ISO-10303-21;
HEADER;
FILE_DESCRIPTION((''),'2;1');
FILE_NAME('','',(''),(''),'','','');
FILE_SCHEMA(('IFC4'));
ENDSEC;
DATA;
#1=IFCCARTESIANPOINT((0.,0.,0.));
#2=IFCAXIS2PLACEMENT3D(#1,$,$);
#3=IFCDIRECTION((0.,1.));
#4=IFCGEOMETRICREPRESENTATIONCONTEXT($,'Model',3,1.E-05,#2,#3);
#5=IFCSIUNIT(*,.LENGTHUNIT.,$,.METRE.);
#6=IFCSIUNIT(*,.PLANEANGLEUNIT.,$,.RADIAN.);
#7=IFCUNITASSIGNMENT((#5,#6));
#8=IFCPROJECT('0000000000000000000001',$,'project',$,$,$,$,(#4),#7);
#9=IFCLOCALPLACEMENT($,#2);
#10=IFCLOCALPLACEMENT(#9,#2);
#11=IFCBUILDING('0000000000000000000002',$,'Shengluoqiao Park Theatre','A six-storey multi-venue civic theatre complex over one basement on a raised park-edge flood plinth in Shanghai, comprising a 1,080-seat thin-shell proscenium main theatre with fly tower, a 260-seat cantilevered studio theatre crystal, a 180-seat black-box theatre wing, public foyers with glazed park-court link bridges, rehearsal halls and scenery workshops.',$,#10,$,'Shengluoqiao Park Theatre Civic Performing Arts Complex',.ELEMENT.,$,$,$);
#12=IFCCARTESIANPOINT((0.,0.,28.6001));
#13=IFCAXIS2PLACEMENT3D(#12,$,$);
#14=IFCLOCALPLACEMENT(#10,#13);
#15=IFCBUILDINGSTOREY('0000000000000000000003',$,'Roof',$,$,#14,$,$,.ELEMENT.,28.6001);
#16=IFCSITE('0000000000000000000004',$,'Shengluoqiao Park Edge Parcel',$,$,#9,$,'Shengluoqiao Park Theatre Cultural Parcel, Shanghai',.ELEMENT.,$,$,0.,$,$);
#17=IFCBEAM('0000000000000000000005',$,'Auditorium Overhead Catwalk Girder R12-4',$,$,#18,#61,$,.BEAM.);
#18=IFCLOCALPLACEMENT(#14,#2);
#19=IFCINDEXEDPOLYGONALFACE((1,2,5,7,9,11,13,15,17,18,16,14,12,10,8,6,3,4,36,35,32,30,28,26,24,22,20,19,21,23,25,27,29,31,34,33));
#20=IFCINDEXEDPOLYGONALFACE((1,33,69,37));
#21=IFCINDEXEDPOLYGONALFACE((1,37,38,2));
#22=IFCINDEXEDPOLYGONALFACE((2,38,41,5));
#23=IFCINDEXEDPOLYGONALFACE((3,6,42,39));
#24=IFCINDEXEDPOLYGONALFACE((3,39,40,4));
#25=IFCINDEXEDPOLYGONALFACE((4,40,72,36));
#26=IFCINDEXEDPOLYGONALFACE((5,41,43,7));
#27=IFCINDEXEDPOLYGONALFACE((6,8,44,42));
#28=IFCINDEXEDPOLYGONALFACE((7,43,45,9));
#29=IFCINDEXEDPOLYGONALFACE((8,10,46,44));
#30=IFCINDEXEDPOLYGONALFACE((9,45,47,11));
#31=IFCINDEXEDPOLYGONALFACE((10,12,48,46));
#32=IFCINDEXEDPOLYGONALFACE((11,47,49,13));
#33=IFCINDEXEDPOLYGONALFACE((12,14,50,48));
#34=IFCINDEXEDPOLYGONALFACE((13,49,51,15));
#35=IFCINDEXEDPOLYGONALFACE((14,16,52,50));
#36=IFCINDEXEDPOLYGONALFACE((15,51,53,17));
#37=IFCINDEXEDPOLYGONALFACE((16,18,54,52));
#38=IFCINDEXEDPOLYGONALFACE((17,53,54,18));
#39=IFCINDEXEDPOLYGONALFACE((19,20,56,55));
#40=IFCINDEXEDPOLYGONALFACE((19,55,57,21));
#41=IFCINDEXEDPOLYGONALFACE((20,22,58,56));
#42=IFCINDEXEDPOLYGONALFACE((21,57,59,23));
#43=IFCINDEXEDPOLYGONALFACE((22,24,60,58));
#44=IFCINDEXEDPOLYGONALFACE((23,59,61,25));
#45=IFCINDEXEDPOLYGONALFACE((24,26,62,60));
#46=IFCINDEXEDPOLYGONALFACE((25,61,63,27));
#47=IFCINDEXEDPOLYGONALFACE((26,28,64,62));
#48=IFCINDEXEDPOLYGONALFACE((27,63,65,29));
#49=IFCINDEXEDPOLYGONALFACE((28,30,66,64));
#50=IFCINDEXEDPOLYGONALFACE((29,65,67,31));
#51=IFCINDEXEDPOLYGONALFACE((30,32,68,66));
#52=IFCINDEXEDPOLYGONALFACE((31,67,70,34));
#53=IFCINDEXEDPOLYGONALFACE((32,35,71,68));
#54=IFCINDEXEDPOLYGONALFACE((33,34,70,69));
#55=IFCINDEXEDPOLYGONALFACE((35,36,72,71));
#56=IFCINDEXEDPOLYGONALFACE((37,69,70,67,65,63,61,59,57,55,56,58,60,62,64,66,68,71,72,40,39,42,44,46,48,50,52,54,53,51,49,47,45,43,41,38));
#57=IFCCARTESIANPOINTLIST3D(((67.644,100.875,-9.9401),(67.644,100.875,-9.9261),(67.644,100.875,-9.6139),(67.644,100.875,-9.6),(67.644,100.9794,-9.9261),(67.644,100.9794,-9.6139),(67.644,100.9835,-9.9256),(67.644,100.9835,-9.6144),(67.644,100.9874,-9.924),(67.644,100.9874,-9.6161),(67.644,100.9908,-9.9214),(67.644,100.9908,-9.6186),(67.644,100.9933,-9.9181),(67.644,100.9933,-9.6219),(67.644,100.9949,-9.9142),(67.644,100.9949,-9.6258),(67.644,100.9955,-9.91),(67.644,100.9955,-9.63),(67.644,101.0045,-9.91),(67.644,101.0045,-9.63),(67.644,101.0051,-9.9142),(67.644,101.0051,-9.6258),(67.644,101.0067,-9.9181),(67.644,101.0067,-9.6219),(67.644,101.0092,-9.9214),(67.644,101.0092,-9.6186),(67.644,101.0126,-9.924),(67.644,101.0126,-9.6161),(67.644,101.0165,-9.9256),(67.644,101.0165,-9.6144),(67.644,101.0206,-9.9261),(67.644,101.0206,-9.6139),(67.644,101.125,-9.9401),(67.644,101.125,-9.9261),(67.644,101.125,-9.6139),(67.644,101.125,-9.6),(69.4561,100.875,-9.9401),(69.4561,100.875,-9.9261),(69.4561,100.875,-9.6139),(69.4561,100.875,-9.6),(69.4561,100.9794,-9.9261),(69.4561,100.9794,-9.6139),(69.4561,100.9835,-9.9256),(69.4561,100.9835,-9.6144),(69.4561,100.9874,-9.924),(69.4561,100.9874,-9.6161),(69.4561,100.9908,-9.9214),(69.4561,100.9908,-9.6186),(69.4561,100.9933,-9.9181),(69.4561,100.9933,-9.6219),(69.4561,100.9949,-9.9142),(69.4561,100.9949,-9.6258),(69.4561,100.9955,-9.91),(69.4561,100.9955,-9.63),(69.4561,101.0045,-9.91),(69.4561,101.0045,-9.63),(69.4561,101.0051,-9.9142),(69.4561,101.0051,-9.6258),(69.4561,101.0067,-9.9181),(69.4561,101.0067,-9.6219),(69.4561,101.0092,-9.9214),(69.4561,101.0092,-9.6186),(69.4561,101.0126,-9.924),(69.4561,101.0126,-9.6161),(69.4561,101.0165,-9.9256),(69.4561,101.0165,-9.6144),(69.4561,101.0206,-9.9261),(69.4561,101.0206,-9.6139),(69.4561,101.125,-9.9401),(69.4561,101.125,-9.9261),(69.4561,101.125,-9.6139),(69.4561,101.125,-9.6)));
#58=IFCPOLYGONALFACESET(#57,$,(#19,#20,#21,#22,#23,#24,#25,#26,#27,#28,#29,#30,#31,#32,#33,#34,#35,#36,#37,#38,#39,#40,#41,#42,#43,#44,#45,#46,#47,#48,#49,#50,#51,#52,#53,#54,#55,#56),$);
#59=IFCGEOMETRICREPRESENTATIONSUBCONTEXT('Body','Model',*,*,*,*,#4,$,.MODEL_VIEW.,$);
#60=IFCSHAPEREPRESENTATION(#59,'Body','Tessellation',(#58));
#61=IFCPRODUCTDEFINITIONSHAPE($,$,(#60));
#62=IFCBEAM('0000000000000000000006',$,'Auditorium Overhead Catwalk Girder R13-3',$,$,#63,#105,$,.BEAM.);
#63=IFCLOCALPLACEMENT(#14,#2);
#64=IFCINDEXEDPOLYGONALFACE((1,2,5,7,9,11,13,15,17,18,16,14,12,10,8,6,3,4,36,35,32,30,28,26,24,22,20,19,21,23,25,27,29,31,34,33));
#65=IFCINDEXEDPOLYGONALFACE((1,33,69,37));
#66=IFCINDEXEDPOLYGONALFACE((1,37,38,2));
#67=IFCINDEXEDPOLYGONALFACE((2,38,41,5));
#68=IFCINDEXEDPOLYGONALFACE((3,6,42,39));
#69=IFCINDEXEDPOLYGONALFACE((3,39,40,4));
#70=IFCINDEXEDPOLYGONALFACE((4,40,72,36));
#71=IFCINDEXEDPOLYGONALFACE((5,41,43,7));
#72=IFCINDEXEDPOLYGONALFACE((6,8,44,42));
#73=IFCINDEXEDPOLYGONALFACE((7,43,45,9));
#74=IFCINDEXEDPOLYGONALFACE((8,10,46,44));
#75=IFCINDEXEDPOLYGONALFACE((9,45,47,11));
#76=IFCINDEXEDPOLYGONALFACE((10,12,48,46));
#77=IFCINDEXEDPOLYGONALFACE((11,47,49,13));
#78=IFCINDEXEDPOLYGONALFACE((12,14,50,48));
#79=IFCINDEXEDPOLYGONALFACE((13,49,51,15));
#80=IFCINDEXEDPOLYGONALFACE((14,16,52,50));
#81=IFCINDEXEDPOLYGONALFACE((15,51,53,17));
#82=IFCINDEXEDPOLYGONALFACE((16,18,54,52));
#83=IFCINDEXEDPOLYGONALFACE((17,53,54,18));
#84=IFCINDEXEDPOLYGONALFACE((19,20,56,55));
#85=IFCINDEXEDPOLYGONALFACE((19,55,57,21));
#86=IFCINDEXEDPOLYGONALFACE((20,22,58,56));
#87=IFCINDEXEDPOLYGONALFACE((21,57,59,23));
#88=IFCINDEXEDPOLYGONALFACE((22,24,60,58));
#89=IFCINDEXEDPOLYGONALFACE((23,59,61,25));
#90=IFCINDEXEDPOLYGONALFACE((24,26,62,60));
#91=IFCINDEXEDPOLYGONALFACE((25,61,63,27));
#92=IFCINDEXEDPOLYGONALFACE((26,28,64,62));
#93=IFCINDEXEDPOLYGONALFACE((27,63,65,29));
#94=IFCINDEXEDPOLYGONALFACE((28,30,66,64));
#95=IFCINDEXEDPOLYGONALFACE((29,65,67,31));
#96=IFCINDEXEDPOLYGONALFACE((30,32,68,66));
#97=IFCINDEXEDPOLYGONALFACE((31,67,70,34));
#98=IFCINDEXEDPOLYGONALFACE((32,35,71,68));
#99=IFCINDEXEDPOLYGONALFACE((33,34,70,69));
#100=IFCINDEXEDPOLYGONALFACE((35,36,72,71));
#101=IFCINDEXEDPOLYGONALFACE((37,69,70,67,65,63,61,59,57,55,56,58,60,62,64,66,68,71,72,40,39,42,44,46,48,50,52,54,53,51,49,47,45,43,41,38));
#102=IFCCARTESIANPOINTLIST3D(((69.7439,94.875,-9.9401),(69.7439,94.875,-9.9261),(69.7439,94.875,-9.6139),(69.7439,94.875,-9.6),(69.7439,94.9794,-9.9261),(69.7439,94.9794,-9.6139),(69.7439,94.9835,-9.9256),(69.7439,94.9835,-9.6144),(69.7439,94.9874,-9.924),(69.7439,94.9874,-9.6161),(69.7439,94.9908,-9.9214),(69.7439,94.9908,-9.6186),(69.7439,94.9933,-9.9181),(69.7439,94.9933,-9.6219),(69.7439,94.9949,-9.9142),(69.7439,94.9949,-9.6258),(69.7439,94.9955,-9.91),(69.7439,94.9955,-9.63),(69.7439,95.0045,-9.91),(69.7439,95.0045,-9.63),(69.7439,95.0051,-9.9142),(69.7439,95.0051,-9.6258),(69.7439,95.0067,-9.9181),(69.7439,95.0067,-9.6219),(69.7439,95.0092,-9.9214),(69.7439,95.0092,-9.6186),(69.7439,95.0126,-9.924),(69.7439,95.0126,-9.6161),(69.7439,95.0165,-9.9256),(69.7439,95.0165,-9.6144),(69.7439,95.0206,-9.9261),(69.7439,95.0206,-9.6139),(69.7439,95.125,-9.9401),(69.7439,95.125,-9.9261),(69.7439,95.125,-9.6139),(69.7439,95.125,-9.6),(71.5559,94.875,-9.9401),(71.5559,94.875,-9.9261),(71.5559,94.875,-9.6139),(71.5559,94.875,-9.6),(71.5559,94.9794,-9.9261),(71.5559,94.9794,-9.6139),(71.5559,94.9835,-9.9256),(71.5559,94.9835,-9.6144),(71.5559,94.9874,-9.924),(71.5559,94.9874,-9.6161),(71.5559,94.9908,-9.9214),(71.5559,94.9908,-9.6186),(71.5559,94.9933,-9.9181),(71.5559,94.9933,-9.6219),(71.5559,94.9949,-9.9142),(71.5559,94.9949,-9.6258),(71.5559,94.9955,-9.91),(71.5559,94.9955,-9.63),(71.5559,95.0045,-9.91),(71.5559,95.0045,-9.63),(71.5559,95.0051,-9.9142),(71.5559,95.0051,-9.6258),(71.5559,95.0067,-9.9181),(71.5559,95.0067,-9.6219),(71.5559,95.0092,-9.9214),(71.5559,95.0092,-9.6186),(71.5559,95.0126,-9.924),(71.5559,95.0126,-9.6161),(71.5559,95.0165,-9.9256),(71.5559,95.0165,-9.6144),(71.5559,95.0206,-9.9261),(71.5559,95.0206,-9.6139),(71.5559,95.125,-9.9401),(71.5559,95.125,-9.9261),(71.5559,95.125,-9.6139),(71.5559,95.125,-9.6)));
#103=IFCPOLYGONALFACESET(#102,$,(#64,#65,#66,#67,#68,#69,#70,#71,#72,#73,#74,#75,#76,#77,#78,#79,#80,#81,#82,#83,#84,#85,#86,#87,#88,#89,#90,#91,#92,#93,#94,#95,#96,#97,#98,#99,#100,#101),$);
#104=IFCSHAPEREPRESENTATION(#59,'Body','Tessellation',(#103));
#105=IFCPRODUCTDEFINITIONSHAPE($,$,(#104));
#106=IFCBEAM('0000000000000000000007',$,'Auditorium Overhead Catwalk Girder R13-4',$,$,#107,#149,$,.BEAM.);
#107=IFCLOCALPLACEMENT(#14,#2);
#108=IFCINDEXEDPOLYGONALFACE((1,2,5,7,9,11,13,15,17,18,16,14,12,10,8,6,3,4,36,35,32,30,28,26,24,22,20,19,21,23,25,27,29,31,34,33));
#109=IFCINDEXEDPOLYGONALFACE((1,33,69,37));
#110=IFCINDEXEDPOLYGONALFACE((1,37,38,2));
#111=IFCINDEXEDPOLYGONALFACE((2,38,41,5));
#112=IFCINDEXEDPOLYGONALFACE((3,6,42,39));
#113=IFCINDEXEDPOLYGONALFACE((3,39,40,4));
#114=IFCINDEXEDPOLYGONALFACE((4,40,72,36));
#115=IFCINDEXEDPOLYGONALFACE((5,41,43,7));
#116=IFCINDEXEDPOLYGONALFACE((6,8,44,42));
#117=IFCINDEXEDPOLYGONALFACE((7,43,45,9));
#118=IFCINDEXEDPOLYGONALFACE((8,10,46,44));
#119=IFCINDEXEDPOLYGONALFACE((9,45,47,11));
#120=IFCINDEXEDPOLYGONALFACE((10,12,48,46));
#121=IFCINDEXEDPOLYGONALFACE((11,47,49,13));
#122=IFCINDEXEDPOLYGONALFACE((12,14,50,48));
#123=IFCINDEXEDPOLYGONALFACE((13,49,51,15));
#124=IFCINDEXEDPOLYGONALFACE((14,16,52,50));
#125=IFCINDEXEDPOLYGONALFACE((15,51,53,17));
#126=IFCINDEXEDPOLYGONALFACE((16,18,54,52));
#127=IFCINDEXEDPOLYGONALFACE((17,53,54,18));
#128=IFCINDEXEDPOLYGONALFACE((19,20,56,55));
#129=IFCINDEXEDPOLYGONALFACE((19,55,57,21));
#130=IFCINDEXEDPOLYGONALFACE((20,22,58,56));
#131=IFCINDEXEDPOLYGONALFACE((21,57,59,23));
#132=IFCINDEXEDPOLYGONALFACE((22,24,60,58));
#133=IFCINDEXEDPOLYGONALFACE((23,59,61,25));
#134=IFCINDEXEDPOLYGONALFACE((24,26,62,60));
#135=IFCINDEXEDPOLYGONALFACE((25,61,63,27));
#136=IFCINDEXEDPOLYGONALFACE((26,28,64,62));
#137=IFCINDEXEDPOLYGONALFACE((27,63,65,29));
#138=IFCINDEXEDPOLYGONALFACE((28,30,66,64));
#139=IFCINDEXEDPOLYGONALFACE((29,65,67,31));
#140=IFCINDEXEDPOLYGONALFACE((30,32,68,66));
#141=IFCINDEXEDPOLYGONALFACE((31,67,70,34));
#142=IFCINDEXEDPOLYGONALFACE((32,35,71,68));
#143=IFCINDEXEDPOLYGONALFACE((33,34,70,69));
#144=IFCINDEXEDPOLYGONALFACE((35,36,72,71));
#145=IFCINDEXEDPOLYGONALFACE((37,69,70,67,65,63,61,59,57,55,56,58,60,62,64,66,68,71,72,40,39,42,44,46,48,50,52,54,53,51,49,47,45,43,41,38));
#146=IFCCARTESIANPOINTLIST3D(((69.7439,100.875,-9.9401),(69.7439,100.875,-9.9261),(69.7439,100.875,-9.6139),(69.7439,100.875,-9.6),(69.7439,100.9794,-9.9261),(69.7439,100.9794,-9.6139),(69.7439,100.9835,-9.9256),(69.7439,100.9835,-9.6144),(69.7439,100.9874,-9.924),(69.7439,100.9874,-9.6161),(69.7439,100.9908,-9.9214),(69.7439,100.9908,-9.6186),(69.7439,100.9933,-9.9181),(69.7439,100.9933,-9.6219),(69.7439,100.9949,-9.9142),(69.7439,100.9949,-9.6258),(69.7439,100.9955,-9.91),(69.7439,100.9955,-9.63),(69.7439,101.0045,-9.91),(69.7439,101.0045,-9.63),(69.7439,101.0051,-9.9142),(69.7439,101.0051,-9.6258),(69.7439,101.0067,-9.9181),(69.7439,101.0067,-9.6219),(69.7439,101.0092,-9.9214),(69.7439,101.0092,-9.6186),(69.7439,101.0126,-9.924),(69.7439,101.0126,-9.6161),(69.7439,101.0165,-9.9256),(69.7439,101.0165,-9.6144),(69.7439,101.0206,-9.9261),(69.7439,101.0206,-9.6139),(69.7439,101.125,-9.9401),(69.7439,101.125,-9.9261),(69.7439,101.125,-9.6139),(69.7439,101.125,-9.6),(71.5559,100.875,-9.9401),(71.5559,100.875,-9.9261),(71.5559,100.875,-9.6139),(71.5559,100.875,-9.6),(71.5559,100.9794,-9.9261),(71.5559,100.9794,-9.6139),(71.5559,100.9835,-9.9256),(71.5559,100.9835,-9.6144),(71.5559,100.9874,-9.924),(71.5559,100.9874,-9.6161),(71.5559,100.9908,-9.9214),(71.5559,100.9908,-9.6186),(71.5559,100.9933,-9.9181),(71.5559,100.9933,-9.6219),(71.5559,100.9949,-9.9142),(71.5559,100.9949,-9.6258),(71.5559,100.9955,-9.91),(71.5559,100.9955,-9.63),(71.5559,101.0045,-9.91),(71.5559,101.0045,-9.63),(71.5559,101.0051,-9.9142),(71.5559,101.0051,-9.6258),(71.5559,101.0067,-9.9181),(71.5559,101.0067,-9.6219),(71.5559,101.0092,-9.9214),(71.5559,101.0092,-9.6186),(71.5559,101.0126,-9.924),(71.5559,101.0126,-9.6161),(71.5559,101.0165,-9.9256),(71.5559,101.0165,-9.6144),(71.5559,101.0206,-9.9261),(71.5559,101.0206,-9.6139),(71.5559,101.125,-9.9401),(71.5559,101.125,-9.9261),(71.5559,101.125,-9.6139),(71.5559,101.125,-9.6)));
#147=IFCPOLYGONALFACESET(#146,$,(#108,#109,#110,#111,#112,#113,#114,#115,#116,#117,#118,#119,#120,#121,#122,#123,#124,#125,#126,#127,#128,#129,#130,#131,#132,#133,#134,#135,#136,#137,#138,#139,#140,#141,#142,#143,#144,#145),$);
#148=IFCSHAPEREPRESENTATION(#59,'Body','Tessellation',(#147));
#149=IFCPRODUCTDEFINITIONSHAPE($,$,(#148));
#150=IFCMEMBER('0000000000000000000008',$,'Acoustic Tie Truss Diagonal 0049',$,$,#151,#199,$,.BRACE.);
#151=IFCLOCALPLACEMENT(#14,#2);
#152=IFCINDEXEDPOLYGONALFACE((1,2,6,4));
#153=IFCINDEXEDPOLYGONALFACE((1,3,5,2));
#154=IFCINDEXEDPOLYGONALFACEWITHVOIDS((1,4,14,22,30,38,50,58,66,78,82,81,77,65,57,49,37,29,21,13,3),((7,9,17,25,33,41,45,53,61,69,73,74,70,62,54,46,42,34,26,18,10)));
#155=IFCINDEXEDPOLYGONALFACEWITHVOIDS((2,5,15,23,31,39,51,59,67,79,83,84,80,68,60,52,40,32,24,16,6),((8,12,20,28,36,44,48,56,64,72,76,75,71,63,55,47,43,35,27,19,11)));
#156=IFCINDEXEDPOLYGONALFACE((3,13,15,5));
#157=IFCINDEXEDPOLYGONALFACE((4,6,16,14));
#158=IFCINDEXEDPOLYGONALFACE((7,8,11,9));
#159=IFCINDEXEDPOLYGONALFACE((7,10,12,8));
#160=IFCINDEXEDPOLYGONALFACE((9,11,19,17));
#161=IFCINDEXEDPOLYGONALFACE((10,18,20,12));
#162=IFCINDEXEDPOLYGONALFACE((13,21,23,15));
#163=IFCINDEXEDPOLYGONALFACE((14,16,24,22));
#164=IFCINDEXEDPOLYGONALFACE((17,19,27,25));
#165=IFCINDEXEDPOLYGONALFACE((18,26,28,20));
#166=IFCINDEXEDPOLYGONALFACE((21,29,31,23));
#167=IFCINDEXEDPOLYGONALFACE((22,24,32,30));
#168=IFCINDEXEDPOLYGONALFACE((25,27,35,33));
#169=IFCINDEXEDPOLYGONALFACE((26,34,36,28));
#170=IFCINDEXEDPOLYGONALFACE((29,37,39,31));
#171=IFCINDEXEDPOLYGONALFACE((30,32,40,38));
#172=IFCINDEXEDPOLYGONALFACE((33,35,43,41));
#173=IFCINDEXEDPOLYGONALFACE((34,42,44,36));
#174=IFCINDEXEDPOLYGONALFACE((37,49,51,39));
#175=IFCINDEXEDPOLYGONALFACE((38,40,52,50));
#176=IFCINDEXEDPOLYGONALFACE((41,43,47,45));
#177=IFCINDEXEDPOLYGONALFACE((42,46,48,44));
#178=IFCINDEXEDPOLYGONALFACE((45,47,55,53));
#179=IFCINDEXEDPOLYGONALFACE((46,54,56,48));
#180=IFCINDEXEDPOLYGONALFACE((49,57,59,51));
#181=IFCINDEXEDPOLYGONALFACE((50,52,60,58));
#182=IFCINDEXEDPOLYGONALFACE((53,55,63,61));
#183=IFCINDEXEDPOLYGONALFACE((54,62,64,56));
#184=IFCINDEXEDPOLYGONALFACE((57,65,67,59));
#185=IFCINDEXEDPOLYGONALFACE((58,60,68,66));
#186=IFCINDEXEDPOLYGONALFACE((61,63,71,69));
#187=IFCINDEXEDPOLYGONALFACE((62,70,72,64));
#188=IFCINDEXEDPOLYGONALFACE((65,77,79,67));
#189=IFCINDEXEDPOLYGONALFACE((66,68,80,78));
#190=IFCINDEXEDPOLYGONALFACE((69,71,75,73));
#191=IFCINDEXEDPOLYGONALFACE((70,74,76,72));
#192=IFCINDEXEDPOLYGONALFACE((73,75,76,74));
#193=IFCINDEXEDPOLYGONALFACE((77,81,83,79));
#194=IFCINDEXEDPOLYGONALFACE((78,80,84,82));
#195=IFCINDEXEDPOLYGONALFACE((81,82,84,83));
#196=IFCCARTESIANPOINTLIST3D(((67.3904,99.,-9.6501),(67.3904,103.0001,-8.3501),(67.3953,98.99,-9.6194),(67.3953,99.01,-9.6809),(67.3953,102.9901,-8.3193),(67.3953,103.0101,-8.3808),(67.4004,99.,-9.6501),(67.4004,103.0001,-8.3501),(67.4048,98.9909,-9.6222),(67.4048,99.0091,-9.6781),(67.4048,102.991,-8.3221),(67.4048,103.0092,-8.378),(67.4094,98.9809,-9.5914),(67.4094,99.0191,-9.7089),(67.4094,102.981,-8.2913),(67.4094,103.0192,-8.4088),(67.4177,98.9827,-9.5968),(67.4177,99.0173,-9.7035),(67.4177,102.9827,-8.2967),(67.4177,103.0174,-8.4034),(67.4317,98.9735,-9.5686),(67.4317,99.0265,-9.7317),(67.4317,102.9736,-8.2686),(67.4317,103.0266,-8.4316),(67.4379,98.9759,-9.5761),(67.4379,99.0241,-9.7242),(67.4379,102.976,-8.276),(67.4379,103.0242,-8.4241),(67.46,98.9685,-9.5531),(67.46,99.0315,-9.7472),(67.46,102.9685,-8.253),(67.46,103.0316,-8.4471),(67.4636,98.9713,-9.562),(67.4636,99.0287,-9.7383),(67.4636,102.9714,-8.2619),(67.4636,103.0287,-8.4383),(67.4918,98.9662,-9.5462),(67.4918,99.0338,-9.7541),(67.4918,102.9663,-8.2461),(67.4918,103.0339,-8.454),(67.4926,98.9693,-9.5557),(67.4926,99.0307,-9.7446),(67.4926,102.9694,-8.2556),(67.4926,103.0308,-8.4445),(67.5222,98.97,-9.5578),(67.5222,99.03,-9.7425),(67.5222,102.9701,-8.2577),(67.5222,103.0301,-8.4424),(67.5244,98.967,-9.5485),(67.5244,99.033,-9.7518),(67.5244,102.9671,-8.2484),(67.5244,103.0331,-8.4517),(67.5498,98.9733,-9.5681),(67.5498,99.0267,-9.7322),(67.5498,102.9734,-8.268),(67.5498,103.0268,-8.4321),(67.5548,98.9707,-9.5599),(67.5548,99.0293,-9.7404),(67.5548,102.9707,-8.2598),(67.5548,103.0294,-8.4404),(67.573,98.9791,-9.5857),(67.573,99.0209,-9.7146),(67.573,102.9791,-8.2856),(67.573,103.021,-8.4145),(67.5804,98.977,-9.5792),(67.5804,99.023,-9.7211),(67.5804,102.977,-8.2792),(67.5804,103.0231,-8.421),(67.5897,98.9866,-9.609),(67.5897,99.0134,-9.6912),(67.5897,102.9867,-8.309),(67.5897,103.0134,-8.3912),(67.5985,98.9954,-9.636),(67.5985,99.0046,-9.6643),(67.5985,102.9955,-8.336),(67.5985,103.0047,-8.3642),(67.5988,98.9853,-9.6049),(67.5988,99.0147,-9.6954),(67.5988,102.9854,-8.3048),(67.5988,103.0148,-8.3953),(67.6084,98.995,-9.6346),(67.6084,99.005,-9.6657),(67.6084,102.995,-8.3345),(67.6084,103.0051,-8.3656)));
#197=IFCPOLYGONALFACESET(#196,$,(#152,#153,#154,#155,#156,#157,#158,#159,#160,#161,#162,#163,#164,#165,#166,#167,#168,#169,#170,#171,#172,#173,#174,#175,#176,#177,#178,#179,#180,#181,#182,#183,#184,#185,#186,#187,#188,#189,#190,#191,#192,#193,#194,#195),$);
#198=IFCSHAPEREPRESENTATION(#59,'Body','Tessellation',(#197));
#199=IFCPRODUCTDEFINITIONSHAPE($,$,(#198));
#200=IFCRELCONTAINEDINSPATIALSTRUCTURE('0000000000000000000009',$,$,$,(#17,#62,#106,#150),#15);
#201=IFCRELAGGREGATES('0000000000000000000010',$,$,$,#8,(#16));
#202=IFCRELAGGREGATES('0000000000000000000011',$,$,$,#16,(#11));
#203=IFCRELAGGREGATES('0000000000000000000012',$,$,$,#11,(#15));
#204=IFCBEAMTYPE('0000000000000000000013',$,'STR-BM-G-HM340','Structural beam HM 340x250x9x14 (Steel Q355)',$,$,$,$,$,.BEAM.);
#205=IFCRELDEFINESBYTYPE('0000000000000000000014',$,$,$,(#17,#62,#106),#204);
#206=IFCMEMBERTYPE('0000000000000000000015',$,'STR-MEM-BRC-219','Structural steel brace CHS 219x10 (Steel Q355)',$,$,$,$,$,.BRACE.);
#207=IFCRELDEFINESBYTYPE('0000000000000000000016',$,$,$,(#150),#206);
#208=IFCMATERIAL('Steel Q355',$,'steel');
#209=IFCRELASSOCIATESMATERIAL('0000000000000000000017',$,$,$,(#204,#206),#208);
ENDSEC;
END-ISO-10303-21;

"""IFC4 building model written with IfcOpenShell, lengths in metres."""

from ifc_helpers import new_model, si_unit, direction, frame, origin, origin_2d, place, context, subcontext, project, spatial, hollow_circle, i_section, extrude, material, material_profile, profile_set, type_object, element, save


model = new_model("IFC4")

# Units and contexts
model_context = context("Model", 3, precision=1e-05, world=origin(), true_north=direction((0.0, 1.0)))
body_context = subcontext(model_context, "Body", "Model", "MODEL_VIEW")
ifc_project = project(units=[si_unit("LENGTHUNIT", "METRE"), si_unit("PLANEANGLEUNIT", "RADIAN")], contexts=[model_context])

# Site, building, storey
site_placement = place(None, origin())
site = spatial("IfcSite", under=ifc_project, at=site_placement, Name="Shengluoqiao Park Edge Parcel", LongName="Shengluoqiao Park Theatre Cultural Parcel, Shanghai", CompositionType="ELEMENT", RefElevation=0.0)
building_placement = place(site_placement, origin())
building = spatial("IfcBuilding", under=site, at=building_placement, Name="Shengluoqiao Park Theatre", Description="A six-storey multi-venue civic theatre complex over one basement on a raised park-edge flood plinth in Shanghai, comprising a 1,080-seat thin-shell proscenium main theatre with fly tower, a 260-seat cantilevered studio theatre crystal, a 180-seat black-box theatre wing, public foyers with glazed park-court link bridges, rehearsal halls and scenery workshops.", LongName="Shengluoqiao Park Theatre Civic Performing Arts Complex", CompositionType="ELEMENT")
storey_placement = place(building_placement, frame((0.0, 0.0, 28.6001)))
storey = spatial("IfcBuildingStorey", under=building, at=storey_placement, Name="Roof", CompositionType="ELEMENT", Elevation=28.6001)

# Beams
ifc_material = material(Name="Steel Q355", Category="steel")
ifc_material_profile_1 = material_profile(ifc_material, i_section(OverallWidth=0.25, OverallDepth=0.3401, WebThickness=0.009, FlangeThickness=0.0139, FilletRadius=0.0161, at=origin_2d()), Name="HM 340x250x9x14")
ifc_profile_set_1 = profile_set([ifc_material_profile_1], Name="Steel Q355")
beam_type = type_object("IfcBeamType", Name="STR-BM-G-HM340", Description="Structural beam HM 340x250x9x14 (Steel Q355)", PredefinedType="BEAM", material=ifc_profile_set_1)
for number, where, z_axis, x_axis, name in (
    (1, (67.644, 101.0, -9.77), (1.0, 0.0, 0.0), (0.0, 1.0, 0.0), "Auditorium Overhead Catwalk Girder R12-4"),
    (2, (69.7439, 95.0, -9.77), (1.0, 0.0, 0.0), (0.0, 1.0, 0.0), "Auditorium Overhead Catwalk Girder R13-3"),
    (3, (69.7439, 101.0, -9.77), (1.0, 0.0, 0.0), (0.0, 1.0, 0.0), "Auditorium Overhead Catwalk Girder R13-4"),
):
    element("IfcBeam", number, at=place(storey_placement, frame(where, z_axis=z_axis, x_axis=x_axis)), inside=storey, type_object=beam_type, Name=name, PredefinedType="BEAM", context=body_context, shape_type="SweptSolid", body=[
        extrude(i_section(OverallWidth=0.25, OverallDepth=0.3401, WebThickness=0.009, FlangeThickness=0.0139, FilletRadius=0.0161, at=origin_2d()), origin(), (0.0, 0.0, 1.0), 1.812),
    ])

# Member
ifc_material_profile_2 = material_profile(ifc_material, hollow_circle(Radius=0.1096, WallThickness=0.01, at=origin_2d()), Name="CHS 219x10")
ifc_profile_set_2 = profile_set([ifc_material_profile_2], Name="Steel Q355")
member_type_1 = type_object("IfcMemberType", Name="STR-MEM-BRC-219", Description="Structural steel brace CHS 219x10 (Steel Q355)", PredefinedType="BRACE", material=ifc_profile_set_2)
for number, where, z_axis, x_axis, name in (
    (4, (67.5, 99.0, -9.6501), (0.0, 0.951031, 0.309097), (-1.0, 0.0, 0.0), "Acoustic Tie Truss Diagonal 0049"),
):
    element("IfcMember", number, at=place(storey_placement, frame(where, z_axis=z_axis, x_axis=x_axis)), inside=storey, type_object=member_type_1, Name=name, PredefinedType="BRACE", context=body_context, shape_type="SweptSolid", body=[
        extrude(hollow_circle(Radius=0.1096, WallThickness=0.01, at=origin_2d()), origin(), (0.0, 0.0, 1.0), 4.2061),
    ])

save(model, "model.ifc")
